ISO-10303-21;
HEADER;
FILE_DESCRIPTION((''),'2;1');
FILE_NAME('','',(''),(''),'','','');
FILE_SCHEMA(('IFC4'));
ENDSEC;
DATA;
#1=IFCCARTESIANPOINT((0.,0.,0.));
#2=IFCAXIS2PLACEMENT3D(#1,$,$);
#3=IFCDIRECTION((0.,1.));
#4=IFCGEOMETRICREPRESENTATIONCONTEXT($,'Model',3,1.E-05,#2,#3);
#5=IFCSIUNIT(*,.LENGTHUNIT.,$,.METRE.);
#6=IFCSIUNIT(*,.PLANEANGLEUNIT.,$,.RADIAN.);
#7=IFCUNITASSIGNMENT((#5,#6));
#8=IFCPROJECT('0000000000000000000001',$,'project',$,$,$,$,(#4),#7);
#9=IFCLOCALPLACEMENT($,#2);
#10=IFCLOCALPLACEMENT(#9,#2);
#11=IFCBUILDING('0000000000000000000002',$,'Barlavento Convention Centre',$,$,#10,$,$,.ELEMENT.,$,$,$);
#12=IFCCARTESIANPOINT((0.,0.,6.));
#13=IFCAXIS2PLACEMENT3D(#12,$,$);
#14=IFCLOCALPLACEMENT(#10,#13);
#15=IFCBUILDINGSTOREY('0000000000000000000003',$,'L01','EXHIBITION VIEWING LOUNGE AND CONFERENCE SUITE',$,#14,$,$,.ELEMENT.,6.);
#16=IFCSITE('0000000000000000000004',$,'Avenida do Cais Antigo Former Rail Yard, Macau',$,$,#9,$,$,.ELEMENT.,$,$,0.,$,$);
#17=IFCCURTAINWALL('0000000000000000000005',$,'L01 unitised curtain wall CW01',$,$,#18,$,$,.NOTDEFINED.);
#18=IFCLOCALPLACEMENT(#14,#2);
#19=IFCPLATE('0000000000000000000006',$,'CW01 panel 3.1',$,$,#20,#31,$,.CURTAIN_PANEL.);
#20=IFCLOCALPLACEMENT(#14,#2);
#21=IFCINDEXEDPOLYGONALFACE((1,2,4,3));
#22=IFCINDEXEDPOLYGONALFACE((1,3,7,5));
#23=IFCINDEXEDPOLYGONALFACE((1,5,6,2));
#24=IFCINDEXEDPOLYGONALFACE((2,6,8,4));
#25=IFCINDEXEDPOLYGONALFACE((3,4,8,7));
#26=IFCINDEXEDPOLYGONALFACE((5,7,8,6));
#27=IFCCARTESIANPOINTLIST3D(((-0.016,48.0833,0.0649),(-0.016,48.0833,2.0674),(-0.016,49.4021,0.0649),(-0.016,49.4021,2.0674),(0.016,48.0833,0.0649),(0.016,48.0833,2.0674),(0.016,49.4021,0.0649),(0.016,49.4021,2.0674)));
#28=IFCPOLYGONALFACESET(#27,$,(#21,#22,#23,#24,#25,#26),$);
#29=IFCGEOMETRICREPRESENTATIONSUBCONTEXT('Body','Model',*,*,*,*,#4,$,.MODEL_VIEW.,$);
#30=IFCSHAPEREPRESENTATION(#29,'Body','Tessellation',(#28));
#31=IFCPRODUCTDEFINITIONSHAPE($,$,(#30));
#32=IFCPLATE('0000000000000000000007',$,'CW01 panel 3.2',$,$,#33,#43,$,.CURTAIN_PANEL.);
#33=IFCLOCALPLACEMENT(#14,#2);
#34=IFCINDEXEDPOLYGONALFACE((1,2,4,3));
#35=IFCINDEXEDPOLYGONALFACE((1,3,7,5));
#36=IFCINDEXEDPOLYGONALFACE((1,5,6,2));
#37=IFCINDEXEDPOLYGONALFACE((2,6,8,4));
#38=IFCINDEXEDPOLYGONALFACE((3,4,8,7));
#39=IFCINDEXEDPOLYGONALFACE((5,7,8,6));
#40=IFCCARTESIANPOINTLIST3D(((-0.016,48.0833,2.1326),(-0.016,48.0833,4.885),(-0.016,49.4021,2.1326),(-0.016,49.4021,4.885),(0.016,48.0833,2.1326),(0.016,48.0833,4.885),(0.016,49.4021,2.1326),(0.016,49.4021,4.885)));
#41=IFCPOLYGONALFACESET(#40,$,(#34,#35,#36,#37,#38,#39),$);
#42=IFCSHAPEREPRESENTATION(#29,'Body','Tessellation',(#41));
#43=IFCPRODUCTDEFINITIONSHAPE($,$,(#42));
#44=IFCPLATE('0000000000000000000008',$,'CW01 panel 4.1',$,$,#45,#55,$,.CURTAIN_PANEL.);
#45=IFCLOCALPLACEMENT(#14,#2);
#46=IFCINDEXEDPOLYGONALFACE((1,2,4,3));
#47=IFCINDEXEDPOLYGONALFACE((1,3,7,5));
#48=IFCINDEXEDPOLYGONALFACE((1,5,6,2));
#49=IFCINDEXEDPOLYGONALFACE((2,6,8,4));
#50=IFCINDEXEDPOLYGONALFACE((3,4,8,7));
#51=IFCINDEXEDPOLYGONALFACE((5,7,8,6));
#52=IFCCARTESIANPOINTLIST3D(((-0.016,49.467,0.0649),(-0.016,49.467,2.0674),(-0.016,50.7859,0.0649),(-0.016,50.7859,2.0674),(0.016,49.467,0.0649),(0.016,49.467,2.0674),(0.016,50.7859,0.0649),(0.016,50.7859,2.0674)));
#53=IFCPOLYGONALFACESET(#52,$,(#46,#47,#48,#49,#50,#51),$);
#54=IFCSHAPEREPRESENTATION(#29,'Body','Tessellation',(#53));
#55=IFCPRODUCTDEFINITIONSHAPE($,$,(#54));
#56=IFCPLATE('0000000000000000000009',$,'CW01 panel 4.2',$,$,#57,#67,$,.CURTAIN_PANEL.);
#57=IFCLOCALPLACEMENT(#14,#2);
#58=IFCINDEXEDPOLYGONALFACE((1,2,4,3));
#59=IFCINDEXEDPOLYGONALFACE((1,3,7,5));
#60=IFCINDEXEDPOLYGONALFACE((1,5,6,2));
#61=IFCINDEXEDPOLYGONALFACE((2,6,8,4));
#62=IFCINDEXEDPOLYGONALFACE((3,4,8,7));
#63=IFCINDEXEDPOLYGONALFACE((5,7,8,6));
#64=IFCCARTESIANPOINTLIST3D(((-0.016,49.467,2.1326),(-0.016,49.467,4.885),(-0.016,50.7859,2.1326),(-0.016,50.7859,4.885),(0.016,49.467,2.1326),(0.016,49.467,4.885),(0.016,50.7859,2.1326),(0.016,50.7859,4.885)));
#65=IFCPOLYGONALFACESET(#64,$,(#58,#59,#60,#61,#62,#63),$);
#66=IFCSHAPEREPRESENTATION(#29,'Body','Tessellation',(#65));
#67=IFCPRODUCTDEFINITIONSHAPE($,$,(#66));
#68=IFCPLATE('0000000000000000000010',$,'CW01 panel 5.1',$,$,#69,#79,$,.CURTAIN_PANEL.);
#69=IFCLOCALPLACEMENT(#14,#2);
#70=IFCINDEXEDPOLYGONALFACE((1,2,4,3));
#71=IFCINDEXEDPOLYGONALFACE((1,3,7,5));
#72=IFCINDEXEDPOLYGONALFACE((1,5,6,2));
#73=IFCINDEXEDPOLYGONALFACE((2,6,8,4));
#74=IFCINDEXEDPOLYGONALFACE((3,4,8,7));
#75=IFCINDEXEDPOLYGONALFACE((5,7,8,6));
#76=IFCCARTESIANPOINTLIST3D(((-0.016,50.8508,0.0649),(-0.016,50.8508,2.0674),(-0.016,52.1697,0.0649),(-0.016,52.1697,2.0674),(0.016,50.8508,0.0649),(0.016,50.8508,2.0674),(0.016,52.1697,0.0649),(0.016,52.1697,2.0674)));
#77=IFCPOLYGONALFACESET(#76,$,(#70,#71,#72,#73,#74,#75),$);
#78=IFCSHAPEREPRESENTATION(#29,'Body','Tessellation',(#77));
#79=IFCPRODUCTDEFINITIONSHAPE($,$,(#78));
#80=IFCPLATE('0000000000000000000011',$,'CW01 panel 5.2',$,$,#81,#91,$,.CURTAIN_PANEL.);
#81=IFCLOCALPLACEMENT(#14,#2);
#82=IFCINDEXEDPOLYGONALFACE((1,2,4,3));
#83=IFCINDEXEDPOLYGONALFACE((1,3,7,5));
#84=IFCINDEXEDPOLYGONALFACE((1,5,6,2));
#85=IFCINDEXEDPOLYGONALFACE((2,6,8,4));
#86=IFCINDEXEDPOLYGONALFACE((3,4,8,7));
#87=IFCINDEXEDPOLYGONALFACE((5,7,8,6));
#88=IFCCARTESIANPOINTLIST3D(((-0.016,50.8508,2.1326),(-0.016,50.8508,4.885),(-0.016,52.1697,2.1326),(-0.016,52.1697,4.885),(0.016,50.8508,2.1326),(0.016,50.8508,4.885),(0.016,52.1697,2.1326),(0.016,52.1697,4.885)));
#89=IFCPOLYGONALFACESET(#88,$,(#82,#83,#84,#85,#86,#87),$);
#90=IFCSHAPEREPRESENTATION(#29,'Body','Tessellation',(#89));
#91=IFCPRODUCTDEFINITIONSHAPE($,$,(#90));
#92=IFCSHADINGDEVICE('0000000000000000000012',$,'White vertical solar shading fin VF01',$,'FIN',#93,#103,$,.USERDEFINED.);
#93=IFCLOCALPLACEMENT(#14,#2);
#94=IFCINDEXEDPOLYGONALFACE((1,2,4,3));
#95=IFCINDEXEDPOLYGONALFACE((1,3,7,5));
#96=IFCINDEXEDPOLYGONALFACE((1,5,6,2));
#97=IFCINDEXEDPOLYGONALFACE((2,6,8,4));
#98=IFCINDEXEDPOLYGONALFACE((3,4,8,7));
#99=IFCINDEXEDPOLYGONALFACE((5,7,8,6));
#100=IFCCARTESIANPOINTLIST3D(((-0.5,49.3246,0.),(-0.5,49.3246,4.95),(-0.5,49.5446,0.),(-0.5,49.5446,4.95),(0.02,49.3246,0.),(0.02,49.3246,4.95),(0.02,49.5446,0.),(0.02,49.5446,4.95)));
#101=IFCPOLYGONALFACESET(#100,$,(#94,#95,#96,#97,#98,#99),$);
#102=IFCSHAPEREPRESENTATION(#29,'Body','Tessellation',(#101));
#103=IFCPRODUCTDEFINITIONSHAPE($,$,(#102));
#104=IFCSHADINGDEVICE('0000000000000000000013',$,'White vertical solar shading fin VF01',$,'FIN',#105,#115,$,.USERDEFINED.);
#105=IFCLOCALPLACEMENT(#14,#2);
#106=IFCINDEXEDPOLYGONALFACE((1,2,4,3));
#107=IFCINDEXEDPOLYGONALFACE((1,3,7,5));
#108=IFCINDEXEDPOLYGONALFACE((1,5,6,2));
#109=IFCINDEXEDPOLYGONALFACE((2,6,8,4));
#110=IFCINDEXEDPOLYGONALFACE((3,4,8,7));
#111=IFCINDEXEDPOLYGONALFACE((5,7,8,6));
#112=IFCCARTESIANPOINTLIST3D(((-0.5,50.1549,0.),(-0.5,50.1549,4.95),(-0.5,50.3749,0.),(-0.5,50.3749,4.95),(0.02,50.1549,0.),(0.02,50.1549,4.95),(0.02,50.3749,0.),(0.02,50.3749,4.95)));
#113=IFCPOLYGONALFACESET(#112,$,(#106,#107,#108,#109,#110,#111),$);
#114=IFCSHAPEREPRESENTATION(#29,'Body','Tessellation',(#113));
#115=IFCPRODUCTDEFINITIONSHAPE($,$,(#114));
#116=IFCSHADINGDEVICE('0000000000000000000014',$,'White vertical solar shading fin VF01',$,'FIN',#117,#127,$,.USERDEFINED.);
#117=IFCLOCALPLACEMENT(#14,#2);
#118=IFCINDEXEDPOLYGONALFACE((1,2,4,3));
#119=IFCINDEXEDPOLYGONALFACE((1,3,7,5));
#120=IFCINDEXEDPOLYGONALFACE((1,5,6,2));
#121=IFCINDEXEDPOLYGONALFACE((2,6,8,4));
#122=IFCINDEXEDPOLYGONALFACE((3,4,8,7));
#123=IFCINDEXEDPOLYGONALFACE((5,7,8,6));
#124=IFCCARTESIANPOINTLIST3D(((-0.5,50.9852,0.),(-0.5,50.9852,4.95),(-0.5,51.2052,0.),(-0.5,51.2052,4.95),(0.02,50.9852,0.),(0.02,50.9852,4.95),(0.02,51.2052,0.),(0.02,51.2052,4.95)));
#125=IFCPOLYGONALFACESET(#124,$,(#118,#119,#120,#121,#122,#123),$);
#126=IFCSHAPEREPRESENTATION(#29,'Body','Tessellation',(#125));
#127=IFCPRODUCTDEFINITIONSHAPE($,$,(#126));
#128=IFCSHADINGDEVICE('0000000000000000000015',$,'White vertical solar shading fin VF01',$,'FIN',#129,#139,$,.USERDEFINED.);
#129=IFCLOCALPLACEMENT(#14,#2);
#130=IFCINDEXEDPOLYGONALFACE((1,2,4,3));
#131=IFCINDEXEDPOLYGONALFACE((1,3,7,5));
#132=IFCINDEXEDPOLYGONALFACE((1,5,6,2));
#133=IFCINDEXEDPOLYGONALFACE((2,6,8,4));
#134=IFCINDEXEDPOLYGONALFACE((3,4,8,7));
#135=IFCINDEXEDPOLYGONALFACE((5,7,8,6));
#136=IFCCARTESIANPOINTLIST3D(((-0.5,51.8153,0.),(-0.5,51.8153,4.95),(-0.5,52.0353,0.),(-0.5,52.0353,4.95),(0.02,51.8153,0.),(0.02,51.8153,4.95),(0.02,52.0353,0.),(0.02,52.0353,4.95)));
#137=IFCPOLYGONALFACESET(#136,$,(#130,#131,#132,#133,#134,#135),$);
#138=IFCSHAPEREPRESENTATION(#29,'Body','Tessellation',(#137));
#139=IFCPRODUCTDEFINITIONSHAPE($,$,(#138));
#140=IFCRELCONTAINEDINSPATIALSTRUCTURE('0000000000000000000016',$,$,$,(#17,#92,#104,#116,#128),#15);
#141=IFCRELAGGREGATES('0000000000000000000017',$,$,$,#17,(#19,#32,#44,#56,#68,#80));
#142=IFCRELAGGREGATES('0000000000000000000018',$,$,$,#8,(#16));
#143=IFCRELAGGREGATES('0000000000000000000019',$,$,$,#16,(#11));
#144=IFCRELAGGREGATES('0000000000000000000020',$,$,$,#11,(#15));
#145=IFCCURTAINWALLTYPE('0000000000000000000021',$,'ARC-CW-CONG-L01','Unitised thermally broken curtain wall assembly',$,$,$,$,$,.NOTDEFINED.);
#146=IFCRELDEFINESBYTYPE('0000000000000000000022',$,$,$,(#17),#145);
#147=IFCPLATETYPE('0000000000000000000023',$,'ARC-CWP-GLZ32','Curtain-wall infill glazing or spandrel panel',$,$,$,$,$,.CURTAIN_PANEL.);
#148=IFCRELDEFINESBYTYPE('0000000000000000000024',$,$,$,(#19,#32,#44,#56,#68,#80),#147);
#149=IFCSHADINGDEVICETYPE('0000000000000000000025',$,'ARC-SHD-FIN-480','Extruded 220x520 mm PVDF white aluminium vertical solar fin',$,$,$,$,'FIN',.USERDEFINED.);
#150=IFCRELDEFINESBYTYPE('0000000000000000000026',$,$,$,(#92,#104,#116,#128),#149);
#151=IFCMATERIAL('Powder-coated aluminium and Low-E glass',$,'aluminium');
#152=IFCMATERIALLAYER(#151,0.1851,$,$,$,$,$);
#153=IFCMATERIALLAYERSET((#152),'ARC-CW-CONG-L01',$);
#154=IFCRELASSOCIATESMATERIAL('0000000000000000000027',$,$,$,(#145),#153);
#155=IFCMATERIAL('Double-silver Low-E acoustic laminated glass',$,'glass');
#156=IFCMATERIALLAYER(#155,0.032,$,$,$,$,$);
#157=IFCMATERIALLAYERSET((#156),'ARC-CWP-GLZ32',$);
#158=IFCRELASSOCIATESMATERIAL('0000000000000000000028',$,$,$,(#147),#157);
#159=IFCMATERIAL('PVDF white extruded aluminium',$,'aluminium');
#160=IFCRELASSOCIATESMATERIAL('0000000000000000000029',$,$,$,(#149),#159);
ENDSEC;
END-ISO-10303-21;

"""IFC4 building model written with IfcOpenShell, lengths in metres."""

from ifc_helpers import new_model, si_unit, direction, frame, origin, origin_2d, place, context, subcontext, project, spatial, rectangle, extrude, material, layer, layer_set, type_object, element, aggregate, save


model = new_model("IFC4")

# Units and contexts
model_context = context("Model", 3, precision=1e-05, world=origin(), true_north=direction((0.0, 1.0)))
body_context = subcontext(model_context, "Body", "Model", "MODEL_VIEW")
ifc_project = project(units=[si_unit("LENGTHUNIT", "METRE"), si_unit("PLANEANGLEUNIT", "RADIAN")], contexts=[model_context])

# Site, building, storey
site_placement = place(None, origin())
site = spatial("IfcSite", under=ifc_project, at=site_placement, Name="Avenida do Cais Antigo Former Rail Yard, Macau", CompositionType="ELEMENT", RefElevation=0.0)
building_placement = place(site_placement, origin())
building = spatial("IfcBuilding", under=site, at=building_placement, Name="Barlavento Convention Centre", CompositionType="ELEMENT")
storey_placement = place(building_placement, frame((0.0, 0.0, 6.0)))
storey = spatial("IfcBuildingStorey", under=building, at=storey_placement, Name="L01", Description="EXHIBITION VIEWING LOUNGE AND CONFERENCE SUITE", CompositionType="ELEMENT", Elevation=6.0)

# Curtain wall, plates
ifc_material_1 = material(Name="Powder-coated aluminium and Low-E glass", Category="aluminium")
ifc_layer_1 = layer(ifc_material_1, 0.1851)
ifc_layer_set_1 = layer_set([ifc_layer_1], Name="ARC-CW-CONG-L01")
curtain_wall_type = type_object("IfcCurtainWallType", Name="ARC-CW-CONG-L01", Description="Unitised thermally broken curtain wall assembly", PredefinedType="NOTDEFINED", material=ifc_layer_set_1)
curtain_wall_placement = place(storey_placement, origin())
curtain_wall = element("IfcCurtainWall", 1, at=curtain_wall_placement, inside=storey, type_object=curtain_wall_type, Name="L01 unitised curtain wall CW01", PredefinedType="NOTDEFINED")
ifc_material_2 = material(Name="Double-silver Low-E acoustic laminated glass", Category="glass")
ifc_layer_2 = layer(ifc_material_2, 0.032)
ifc_layer_set_2 = layer_set([ifc_layer_2], Name="ARC-CWP-GLZ32")
plate_type = type_object("IfcPlateType", Name="ARC-CWP-GLZ32", Description="Curtain-wall infill glazing or spandrel panel", PredefinedType="CURTAIN_PANEL", material=ifc_layer_set_2)
plate_1_placement = place(storey_placement, frame((0.0, 48.7427, 0.0649), z_axis=(0.0, 0.0, 1.0), x_axis=(0.0, 1.0, 0.0)))
plate_1 = element("IfcPlate", 2, at=plate_1_placement, type_object=plate_type, Name="CW01 panel 3.1", PredefinedType="CURTAIN_PANEL", context=body_context, shape_type="SweptSolid", body=[
    extrude(rectangle(XDim=1.3188, YDim=0.032, at=origin_2d()), origin(), (0.0, 0.0, 1.0), 2.0024),
])
plate_2_placement = place(storey_placement, frame((0.0, 48.7427, 2.1326), z_axis=(0.0, 0.0, 1.0), x_axis=(0.0, 1.0, 0.0)))
plate_2 = element("IfcPlate", 3, at=plate_2_placement, type_object=plate_type, Name="CW01 panel 3.2", PredefinedType="CURTAIN_PANEL", context=body_context, shape_type="SweptSolid", body=[
    extrude(rectangle(XDim=1.3188, YDim=0.032, at=origin_2d()), origin(), (0.0, 0.0, 1.0), 2.7524),
])
plate_3_placement = place(storey_placement, frame((0.0, 50.1265, 0.0649), z_axis=(0.0, 0.0, 1.0), x_axis=(0.0, 1.0, 0.0)))
plate_3 = element("IfcPlate", 4, at=plate_3_placement, type_object=plate_type, Name="CW01 panel 4.1", PredefinedType="CURTAIN_PANEL", context=body_context, shape_type="SweptSolid", body=[
    extrude(rectangle(XDim=1.3188, YDim=0.032, at=origin_2d()), origin(), (0.0, 0.0, 1.0), 2.0024),
])
plate_4_placement = place(storey_placement, frame((0.0, 50.1265, 2.1326), z_axis=(0.0, 0.0, 1.0), x_axis=(0.0, 1.0, 0.0)))
plate_4 = element("IfcPlate", 5, at=plate_4_placement, type_object=plate_type, Name="CW01 panel 4.2", PredefinedType="CURTAIN_PANEL", context=body_context, shape_type="SweptSolid", body=[
    extrude(rectangle(XDim=1.3188, YDim=0.032, at=origin_2d()), origin(), (0.0, 0.0, 1.0), 2.7524),
])
plate_5_placement = place(storey_placement, frame((0.0, 51.5103, 0.0649), z_axis=(0.0, 0.0, 1.0), x_axis=(0.0, 1.0, 0.0)))
plate_5 = element("IfcPlate", 6, at=plate_5_placement, type_object=plate_type, Name="CW01 panel 5.1", PredefinedType="CURTAIN_PANEL", context=body_context, shape_type="SweptSolid", body=[
    extrude(rectangle(XDim=1.3188, YDim=0.032, at=origin_2d()), origin(), (0.0, 0.0, 1.0), 2.0024),
])
plate_6_placement = place(storey_placement, frame((0.0, 51.5103, 2.1326), z_axis=(0.0, 0.0, 1.0), x_axis=(0.0, 1.0, 0.0)))
plate_6 = element("IfcPlate", 7, at=plate_6_placement, type_object=plate_type, Name="CW01 panel 5.2", PredefinedType="CURTAIN_PANEL", context=body_context, shape_type="SweptSolid", body=[
    extrude(rectangle(XDim=1.3188, YDim=0.032, at=origin_2d()), origin(), (0.0, 0.0, 1.0), 2.7524),
])
aggregate(curtain_wall, [plate_1, plate_2, plate_3, plate_4, plate_5, plate_6])

# Shading devices
ifc_material_3 = material(Name="PVDF white extruded aluminium", Category="aluminium")
shading_device_type = type_object("IfcShadingDeviceType", Name="ARC-SHD-FIN-480", Description="Extruded 220x520 mm PVDF white aluminium vertical solar fin", ElementType="FIN", PredefinedType="USERDEFINED", material=ifc_material_3)
for number, where, z_axis, x_axis, name in (
    (8, (-0.24, 49.4346, 0.0), (0.0, 0.0, 1.0), (0.0, 1.0, 0.0), "White vertical solar shading fin VF01"),
    (9, (-0.24, 50.2649, 0.0), (0.0, 0.0, 1.0), (0.0, 1.0, 0.0), "White vertical solar shading fin VF01"),
    (10, (-0.24, 51.0952, 0.0), (0.0, 0.0, 1.0), (0.0, 1.0, 0.0), "White vertical solar shading fin VF01"),
    (11, (-0.24, 51.9253, 0.0), (0.0, 0.0, 1.0), (0.0, 1.0, 0.0), "White vertical solar shading fin VF01"),
):
    element("IfcShadingDevice", number, at=place(storey_placement, frame(where, z_axis=z_axis, x_axis=x_axis)), inside=storey, type_object=shading_device_type, Name=name, ObjectType="FIN", PredefinedType="USERDEFINED", context=body_context, shape_type="SweptSolid", body=[
        extrude(rectangle(XDim=0.22, YDim=0.52, at=origin_2d()), origin(), (0.0, 0.0, 1.0), 4.95),
    ])

save(model, "model.ifc")
